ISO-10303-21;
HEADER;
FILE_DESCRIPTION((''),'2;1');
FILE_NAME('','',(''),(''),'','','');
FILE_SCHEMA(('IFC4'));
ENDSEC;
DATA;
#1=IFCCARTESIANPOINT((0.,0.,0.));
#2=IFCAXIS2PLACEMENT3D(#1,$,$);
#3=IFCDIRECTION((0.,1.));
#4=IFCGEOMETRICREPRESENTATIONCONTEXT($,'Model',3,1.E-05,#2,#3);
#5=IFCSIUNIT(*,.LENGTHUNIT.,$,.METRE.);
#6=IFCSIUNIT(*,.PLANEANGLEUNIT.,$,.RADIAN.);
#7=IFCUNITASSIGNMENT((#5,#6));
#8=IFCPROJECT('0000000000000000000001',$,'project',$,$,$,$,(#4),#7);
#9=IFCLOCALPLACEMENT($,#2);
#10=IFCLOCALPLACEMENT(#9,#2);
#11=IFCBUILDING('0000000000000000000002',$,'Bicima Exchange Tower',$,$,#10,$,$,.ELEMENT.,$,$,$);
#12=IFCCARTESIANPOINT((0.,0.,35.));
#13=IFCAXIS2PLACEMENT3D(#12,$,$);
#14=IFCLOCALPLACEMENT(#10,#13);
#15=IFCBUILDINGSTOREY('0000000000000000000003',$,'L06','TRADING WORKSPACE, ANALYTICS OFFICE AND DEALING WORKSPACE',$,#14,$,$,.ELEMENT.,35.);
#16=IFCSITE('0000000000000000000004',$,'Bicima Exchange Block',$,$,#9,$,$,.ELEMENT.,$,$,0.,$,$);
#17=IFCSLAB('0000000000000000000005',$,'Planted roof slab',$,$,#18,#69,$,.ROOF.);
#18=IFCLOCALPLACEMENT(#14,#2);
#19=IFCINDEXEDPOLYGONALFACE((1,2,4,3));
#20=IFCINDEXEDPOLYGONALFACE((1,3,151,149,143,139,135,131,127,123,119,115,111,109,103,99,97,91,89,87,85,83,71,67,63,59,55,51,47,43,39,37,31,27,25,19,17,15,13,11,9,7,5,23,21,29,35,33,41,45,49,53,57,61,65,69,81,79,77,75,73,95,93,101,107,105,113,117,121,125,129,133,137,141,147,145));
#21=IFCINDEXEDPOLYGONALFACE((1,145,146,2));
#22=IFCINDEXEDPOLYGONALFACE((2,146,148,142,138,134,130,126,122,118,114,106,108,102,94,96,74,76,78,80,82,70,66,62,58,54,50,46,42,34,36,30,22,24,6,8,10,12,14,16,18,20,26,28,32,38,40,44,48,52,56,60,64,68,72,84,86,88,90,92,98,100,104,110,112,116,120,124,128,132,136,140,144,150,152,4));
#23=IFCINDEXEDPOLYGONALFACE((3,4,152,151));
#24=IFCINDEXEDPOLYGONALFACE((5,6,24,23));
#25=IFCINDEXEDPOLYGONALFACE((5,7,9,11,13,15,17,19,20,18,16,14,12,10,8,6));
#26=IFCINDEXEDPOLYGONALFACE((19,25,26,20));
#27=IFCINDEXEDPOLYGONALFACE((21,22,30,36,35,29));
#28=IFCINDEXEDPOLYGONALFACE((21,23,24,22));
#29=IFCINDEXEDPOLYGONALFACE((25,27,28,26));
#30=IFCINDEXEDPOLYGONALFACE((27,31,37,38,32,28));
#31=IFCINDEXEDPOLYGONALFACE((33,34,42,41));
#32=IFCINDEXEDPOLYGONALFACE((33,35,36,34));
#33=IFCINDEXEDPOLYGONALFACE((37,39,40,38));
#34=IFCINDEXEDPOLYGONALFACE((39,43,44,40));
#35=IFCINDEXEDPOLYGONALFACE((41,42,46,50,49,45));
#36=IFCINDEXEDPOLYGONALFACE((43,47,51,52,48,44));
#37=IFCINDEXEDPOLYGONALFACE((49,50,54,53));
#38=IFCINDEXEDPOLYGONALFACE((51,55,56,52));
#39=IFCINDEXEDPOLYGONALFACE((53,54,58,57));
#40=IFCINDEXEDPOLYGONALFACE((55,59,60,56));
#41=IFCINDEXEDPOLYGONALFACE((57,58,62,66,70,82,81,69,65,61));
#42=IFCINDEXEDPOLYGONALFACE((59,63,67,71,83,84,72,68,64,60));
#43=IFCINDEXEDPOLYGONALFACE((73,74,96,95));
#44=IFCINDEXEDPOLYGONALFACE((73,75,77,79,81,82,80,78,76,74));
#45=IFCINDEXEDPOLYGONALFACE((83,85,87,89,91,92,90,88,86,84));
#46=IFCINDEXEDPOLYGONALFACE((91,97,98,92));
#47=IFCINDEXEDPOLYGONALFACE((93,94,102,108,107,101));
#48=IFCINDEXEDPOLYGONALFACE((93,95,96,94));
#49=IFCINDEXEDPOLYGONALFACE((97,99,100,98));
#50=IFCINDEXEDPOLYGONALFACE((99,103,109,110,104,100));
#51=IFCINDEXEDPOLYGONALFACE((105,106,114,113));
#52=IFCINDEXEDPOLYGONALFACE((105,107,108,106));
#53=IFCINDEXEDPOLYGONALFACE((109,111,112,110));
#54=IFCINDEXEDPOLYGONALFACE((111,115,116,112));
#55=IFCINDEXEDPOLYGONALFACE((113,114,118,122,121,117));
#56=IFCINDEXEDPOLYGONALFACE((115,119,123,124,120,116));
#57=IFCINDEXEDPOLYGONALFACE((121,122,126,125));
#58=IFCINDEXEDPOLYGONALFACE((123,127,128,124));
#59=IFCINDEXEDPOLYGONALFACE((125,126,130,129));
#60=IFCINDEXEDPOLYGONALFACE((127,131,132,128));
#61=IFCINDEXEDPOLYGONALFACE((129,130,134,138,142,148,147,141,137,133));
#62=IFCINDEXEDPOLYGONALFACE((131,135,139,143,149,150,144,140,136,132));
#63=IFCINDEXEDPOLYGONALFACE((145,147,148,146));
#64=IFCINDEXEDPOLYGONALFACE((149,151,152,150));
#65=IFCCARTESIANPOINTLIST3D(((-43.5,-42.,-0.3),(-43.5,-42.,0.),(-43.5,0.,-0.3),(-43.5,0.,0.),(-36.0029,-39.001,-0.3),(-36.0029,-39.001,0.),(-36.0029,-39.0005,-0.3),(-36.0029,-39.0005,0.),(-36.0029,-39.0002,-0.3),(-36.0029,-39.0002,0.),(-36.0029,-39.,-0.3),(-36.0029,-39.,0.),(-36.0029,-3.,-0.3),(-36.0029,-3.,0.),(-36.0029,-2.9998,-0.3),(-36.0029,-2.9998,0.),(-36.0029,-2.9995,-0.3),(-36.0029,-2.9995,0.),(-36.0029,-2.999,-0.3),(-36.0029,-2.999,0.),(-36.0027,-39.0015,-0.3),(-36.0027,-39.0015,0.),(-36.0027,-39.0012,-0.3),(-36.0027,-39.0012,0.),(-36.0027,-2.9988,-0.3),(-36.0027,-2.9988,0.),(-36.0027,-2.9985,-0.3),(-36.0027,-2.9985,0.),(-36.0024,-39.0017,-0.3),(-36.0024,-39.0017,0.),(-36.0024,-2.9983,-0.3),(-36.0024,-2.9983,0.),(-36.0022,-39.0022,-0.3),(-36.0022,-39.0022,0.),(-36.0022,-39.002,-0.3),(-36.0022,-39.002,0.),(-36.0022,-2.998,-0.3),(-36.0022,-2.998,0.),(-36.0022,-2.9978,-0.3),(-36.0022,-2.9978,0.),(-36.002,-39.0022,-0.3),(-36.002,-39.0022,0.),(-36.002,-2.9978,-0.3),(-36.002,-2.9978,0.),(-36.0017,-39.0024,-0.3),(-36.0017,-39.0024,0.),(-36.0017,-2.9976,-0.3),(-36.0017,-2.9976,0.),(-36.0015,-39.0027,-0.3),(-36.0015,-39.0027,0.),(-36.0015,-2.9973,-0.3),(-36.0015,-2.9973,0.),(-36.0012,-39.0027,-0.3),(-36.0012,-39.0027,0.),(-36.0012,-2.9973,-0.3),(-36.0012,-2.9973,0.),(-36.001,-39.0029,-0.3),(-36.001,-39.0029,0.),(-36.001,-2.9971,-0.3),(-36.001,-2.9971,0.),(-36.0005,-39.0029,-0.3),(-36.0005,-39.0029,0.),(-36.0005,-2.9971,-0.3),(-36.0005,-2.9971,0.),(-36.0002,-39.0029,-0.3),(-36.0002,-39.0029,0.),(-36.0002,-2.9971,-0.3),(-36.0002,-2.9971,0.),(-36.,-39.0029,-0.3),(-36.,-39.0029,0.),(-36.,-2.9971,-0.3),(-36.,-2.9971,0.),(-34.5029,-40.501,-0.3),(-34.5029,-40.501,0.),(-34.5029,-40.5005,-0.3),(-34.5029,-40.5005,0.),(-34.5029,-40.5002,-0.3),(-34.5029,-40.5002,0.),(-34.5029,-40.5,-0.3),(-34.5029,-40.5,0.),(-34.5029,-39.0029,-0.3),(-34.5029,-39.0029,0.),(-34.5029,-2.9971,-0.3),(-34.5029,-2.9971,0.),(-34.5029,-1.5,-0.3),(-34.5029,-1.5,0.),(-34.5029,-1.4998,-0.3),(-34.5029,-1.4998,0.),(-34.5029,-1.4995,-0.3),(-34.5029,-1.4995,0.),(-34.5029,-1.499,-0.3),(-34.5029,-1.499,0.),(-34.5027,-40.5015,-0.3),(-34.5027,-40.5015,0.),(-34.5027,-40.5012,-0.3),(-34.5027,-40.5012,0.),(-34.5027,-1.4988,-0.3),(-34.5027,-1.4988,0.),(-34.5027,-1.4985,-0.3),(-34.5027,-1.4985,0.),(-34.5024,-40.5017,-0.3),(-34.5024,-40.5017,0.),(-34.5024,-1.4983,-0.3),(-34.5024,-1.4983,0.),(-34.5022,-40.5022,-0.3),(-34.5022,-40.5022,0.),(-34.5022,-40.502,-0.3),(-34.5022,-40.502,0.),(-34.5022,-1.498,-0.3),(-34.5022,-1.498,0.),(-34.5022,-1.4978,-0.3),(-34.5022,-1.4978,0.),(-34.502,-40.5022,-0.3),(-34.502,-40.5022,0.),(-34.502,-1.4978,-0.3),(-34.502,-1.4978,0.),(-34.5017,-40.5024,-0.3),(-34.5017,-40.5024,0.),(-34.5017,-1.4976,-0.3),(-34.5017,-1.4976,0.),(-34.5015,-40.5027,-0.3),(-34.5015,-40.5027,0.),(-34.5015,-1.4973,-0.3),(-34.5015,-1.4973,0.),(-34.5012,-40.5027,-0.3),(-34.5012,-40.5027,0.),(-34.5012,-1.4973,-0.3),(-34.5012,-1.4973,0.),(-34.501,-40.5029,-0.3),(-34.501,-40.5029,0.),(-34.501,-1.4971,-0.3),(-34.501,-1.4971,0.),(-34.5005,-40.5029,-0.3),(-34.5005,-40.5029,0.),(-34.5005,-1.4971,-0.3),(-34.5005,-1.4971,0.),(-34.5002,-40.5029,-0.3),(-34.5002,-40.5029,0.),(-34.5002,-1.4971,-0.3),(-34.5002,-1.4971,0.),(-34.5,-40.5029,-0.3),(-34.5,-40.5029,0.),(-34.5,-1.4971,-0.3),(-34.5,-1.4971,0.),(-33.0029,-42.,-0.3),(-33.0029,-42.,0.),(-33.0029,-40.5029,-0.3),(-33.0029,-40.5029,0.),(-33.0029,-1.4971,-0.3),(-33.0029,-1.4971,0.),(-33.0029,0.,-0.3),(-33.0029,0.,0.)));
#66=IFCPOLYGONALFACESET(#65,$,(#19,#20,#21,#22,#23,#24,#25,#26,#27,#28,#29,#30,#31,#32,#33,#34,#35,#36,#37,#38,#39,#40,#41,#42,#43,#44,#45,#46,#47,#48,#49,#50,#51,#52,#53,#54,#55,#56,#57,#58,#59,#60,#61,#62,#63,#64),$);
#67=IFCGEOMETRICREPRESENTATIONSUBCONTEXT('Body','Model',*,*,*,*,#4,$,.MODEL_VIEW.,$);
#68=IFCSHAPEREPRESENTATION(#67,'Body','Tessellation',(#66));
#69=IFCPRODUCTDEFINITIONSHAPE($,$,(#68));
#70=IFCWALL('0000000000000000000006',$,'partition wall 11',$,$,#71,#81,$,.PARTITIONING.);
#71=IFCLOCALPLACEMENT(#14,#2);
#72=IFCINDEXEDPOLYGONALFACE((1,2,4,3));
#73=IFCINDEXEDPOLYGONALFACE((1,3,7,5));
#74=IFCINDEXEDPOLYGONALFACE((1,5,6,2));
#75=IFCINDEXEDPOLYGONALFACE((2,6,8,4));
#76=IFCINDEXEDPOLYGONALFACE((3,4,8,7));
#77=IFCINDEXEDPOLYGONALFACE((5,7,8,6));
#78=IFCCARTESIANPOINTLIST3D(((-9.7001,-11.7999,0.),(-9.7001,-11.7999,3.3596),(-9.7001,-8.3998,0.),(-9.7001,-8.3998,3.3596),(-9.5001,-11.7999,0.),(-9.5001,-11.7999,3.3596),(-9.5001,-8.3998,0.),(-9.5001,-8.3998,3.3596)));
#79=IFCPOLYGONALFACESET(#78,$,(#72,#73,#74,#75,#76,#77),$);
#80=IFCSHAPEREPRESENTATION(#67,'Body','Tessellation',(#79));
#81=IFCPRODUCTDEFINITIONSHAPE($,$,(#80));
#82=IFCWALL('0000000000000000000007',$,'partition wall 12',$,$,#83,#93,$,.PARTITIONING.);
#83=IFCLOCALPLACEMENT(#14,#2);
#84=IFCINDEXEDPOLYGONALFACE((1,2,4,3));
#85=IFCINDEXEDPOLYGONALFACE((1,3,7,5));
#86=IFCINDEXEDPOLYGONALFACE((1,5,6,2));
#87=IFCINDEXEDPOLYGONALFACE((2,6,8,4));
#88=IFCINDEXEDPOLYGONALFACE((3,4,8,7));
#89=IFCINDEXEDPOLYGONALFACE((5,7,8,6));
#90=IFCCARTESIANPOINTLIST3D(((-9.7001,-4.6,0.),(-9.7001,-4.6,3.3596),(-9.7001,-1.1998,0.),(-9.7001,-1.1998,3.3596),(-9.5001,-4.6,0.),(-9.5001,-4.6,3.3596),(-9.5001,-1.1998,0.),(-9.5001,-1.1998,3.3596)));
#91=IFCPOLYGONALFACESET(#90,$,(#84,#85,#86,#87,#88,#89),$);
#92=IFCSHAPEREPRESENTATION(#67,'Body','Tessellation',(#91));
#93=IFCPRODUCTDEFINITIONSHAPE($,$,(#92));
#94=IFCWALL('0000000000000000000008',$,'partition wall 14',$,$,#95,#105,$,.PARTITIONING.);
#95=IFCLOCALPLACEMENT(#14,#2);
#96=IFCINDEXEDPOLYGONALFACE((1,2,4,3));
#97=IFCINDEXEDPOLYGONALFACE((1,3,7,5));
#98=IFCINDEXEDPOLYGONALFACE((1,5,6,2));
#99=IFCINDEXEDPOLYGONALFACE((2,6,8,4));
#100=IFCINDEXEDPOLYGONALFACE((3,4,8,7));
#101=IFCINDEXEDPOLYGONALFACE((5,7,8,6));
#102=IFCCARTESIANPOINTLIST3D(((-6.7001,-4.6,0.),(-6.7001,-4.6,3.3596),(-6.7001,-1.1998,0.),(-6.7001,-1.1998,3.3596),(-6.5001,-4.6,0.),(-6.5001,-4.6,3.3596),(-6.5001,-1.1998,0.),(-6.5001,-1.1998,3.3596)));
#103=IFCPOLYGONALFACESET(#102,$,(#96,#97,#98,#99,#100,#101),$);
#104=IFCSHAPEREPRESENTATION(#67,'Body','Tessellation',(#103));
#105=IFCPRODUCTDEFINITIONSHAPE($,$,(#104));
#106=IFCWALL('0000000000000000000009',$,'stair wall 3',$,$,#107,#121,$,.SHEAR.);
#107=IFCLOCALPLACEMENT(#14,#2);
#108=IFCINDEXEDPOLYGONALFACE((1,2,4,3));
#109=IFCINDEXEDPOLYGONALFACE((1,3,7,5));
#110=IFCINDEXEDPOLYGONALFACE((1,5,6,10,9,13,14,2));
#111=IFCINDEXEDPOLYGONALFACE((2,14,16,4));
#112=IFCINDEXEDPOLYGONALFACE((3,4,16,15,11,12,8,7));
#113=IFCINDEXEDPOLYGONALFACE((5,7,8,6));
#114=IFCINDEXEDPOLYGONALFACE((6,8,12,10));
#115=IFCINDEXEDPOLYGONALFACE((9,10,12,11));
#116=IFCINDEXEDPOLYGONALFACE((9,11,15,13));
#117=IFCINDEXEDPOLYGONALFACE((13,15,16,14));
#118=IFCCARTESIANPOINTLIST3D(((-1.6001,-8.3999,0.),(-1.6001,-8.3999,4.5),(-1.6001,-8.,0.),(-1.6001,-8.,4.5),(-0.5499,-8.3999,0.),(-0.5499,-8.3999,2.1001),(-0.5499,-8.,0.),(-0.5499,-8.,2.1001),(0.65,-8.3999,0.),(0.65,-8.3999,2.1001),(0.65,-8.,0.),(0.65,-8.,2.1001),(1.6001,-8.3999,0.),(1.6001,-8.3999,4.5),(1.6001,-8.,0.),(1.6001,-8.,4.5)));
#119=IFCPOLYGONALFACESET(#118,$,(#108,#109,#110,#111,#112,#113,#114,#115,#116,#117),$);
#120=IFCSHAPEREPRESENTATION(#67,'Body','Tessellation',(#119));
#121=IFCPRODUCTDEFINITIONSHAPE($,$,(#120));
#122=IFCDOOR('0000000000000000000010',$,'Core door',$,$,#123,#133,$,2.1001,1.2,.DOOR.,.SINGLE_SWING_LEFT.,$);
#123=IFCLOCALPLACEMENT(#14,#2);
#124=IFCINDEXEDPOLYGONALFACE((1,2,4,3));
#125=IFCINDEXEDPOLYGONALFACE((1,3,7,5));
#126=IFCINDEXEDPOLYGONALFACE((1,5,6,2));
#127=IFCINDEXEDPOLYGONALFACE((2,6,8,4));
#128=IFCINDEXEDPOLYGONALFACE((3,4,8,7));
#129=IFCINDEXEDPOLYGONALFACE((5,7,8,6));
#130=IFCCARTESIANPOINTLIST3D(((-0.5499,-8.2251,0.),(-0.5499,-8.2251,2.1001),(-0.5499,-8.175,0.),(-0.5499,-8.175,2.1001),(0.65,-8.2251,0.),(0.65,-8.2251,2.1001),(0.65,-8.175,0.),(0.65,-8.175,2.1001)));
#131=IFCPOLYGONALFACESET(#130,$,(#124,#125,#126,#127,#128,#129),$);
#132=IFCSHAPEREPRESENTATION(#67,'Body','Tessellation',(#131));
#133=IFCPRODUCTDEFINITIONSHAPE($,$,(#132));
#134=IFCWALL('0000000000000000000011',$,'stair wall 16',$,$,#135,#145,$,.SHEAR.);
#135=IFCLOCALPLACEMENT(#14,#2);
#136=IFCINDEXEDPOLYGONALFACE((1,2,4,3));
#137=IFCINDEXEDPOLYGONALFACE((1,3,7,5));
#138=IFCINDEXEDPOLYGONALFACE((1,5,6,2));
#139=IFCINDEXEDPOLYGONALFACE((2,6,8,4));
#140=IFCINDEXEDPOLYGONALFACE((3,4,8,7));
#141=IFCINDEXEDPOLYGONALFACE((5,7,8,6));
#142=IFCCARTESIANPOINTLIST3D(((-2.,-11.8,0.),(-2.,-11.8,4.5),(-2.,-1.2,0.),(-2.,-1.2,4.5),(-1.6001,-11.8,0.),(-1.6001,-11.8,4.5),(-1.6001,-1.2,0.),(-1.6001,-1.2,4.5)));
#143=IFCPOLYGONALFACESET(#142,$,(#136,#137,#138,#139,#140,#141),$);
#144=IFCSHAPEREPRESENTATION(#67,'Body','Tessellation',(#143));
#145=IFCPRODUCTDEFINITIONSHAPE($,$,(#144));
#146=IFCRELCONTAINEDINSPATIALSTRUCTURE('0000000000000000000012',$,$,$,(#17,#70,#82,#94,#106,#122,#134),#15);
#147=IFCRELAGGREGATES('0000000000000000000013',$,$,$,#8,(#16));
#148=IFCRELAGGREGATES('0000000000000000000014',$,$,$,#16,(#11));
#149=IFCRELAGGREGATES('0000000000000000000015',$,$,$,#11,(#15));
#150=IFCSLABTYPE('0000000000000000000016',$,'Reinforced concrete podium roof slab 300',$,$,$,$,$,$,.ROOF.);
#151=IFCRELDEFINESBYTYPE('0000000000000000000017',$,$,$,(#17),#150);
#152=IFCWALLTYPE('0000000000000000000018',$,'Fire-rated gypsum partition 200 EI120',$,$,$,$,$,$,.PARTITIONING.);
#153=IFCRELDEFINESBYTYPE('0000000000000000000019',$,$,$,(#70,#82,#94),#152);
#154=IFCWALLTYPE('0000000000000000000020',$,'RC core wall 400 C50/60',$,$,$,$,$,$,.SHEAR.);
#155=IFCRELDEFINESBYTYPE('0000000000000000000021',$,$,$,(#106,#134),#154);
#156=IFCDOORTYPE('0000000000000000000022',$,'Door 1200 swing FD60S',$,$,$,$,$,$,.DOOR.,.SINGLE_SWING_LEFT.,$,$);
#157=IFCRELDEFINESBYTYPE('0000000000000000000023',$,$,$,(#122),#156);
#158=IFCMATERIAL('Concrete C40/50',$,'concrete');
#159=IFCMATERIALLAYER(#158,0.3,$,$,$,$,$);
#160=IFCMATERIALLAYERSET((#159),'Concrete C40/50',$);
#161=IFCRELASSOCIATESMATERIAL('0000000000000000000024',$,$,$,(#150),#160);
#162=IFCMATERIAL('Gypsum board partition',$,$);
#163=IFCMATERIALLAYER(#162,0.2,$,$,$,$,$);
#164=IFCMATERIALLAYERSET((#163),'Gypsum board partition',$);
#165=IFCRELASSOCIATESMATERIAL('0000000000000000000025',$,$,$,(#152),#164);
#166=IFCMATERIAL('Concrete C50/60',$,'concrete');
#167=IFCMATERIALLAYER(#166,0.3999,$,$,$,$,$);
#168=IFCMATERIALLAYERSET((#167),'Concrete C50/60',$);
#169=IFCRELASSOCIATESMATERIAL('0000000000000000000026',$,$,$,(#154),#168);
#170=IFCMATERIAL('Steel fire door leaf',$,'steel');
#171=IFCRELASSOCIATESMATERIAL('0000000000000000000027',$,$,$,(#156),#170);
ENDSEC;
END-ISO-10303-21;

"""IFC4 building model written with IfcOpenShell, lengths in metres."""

from ifc_helpers import new_model, si_unit, direction, frame, frame_2d, origin, place, context, subcontext, project, spatial, polyline, rectangle, outline, extrude, material, layer, layer_set, type_object, element, fill, save


model = new_model("IFC4")

# Units and contexts
model_context = context("Model", 3, precision=1e-05, world=origin(), true_north=direction((0.0, 1.0)))
body_context = subcontext(model_context, "Body", "Model", "MODEL_VIEW")
ifc_project = project(units=[si_unit("LENGTHUNIT", "METRE"), si_unit("PLANEANGLEUNIT", "RADIAN")], contexts=[model_context])

# Site, building, storey
site_placement = place(None, origin())
site = spatial("IfcSite", under=ifc_project, at=site_placement, Name="Bicima Exchange Block", CompositionType="ELEMENT", RefElevation=0.0)
building_placement = place(site_placement, origin())
building = spatial("IfcBuilding", under=site, at=building_placement, Name="Bicima Exchange Tower", CompositionType="ELEMENT")
storey_placement = place(building_placement, frame((0.0, 0.0, 35.0)))
storey = spatial("IfcBuildingStorey", under=building, at=storey_placement, Name="L06", Description="TRADING WORKSPACE, ANALYTICS OFFICE AND DEALING WORKSPACE", CompositionType="ELEMENT", Elevation=35.0)

# Slab
ifc_material_1 = material(Name="Concrete C40/50", Category="concrete")
ifc_layer_1 = layer(ifc_material_1, 0.3)
ifc_layer_set_1 = layer_set([ifc_layer_1], Name="Concrete C40/50")
slab_type = type_object("IfcSlabType", Name="Reinforced concrete podium roof slab 300", PredefinedType="ROOF", material=ifc_layer_set_1)
slab_1_placement = place(storey_placement, frame((0.0, 0.0, -0.3)))
element("IfcSlab", 1, at=slab_1_placement, inside=storey, type_object=slab_type, Name="Planted roof slab", PredefinedType="ROOF", context=body_context, shape_type="SweptSolid", body=[
    extrude(outline(polyline([(-43.5, -42.0), (-33.0029, -42.0), (-33.0029, -40.5029), (-34.5, -40.5029), (-34.5002, -40.5029), (-34.5005, -40.5029), (-34.501, -40.5029), (-34.5012, -40.5027), (-34.5015, -40.5027), (-34.5017, -40.5024), (-34.502, -40.5022), (-34.5022, -40.5022), (-34.5022, -40.502), (-34.5024, -40.5017), (-34.5027, -40.5015), (-34.5027, -40.5012), (-34.5029, -40.501), (-34.5029, -40.5005), (-34.5029, -40.5002), (-34.5029, -40.5), (-34.5029, -39.0029), (-36.0, -39.0029), (-36.0002, -39.0029), (-36.0005, -39.0029), (-36.001, -39.0029), (-36.0012, -39.0027), (-36.0015, -39.0027), (-36.0017, -39.0024), (-36.002, -39.0022), (-36.0022, -39.0022), (-36.0022, -39.002), (-36.0024, -39.0017), (-36.0027, -39.0015), (-36.0027, -39.0012), (-36.0029, -39.001), (-36.0029, -39.0005), (-36.0029, -39.0002), (-36.0029, -39.0), (-36.0029, -3.0), (-36.0029, -2.9998), (-36.0029, -2.9995), (-36.0029, -2.999), (-36.0027, -2.9988), (-36.0027, -2.9985), (-36.0024, -2.9983), (-36.0022, -2.998), (-36.0022, -2.9978), (-36.002, -2.9978), (-36.0017, -2.9976), (-36.0015, -2.9973), (-36.0012, -2.9973), (-36.001, -2.9971), (-36.0005, -2.9971), (-36.0002, -2.9971), (-36.0, -2.9971), (-34.5029, -2.9971), (-34.5029, -1.5), (-34.5029, -1.4998), (-34.5029, -1.4995), (-34.5029, -1.499), (-34.5027, -1.4988), (-34.5027, -1.4985), (-34.5024, -1.4983), (-34.5022, -1.498), (-34.5022, -1.4978), (-34.502, -1.4978), (-34.5017, -1.4976), (-34.5015, -1.4973), (-34.5012, -1.4973), (-34.501, -1.4971), (-34.5005, -1.4971), (-34.5002, -1.4971), (-34.5, -1.4971), (-33.0029, -1.4971), (-33.0029, 0.0), (-43.5, 0.0), (-43.5, -42.0)])), origin(), (0.0, 0.0, 1.0), 0.3),
])

# Walls
ifc_material_2 = material(Name="Gypsum board partition")
ifc_layer_2 = layer(ifc_material_2, 0.2)
ifc_layer_set_2 = layer_set([ifc_layer_2], Name="Gypsum board partition")
wall_type_1 = type_object("IfcWallType", Name="Fire-rated gypsum partition 200 EI120", PredefinedType="PARTITIONING", material=ifc_layer_set_2)
for number, where, z_axis, x_axis, name in (
    (2, (-9.6001, -11.8, 0.0), (0.0, 0.0, 1.0), (0.0, 1.0, 0.0), "partition wall 11"),
    (3, (-9.6001, -4.6001, 0.0), (0.0, 0.0, 1.0), (0.0, 1.0, 0.0), "partition wall 12"),
    (4, (-6.6001, -4.6001, 0.0), (0.0, 0.0, 1.0), (0.0, 1.0, 0.0), "partition wall 14"),
):
    element("IfcWall", number, at=place(storey_placement, frame(where, z_axis=z_axis, x_axis=x_axis)), inside=storey, type_object=wall_type_1, Name=name, PredefinedType="PARTITIONING", context=body_context, shape_type="SweptSolid", body=[
        extrude(rectangle(XDim=3.4001, YDim=0.2, at=frame_2d((1.7002, 0.0))), origin(), (0.0, 0.0, 1.0), 3.3596),
    ])

# Wall, opening, door
ifc_material_3 = material(Name="Concrete C50/60", Category="concrete")
ifc_layer_3 = layer(ifc_material_3, 0.3999)
ifc_layer_set_3 = layer_set([ifc_layer_3], Name="Concrete C50/60")
wall_type_2 = type_object("IfcWallType", Name="RC core wall 400 C50/60", PredefinedType="SHEAR", material=ifc_layer_set_3)
wall_1_placement = place(storey_placement, frame((-1.6001, -8.2, 0.0), z_axis=(0.0, 0.0, 1.0), x_axis=(1.0, 0.0, 0.0)))
wall_1 = element("IfcWall", 5, at=wall_1_placement, inside=storey, type_object=wall_type_2, Name="stair wall 3", PredefinedType="SHEAR", context=body_context, shape_type="SweptSolid", body=[
    extrude(rectangle(XDim=3.2002, YDim=0.3999, at=frame_2d((1.6001, 0.0))), origin(), (0.0, 0.0, 1.0), 4.5),
])
opening_1_placement = place(wall_1_placement, frame((1.05, 0.0, 0.0)))
opening_1 = element("IfcOpeningElement", 6, at=opening_1_placement, cuts=wall_1, PredefinedType="OPENING", context=body_context, shape_type="SweptSolid", body=[
    extrude(rectangle(XDim=1.2, YDim=2.1001, at=frame_2d((0.6001, 1.05))), frame((0.0, 0.2119, 0.0), z_axis=(0.0, -1.0, 0.0), x_axis=(1.0, 0.0, 0.0)), (0.0, 0.0, 1.0), 0.4238),
])
ifc_material_4 = material(Name="Steel fire door leaf", Category="steel")
door_type_1 = type_object("IfcDoorType", Name="Door 1200 swing FD60S", OperationType="SINGLE_SWING_LEFT", PredefinedType="DOOR", material=ifc_material_4)
door_1_placement = place(opening_1_placement, origin())
door_1 = element("IfcDoor", 7, at=door_1_placement, inside=storey, type_object=door_type_1, Name="Core door", OperationType="SINGLE_SWING_LEFT", OverallHeight=2.1001, OverallWidth=1.2, PredefinedType="DOOR", context=body_context, shape_type="SweptSolid", body=[
    extrude(rectangle(XDim=1.2, YDim=2.1001, at=frame_2d((0.6001, 1.05))), frame((0.0, 0.0249, 0.0), z_axis=(0.0, -1.0, 0.0), x_axis=(1.0, 0.0, 0.0)), (0.0, 0.0, 1.0), 0.05),
])
fill(opening_1, door_1)

# Wall
wall_2_placement = place(storey_placement, frame((-1.8, -11.8, 0.0), z_axis=(0.0, 0.0, 1.0), x_axis=(0.0, 1.0, 0.0)))
element("IfcWall", 8, at=wall_2_placement, inside=storey, type_object=wall_type_2, Name="stair wall 16", PredefinedType="SHEAR", context=body_context, shape_type="SweptSolid", body=[
    extrude(rectangle(XDim=10.6001, YDim=0.3999, at=frame_2d((5.3, 0.0))), origin(), (0.0, 0.0, 1.0), 4.5),
])

save(model, "model.ifc")
